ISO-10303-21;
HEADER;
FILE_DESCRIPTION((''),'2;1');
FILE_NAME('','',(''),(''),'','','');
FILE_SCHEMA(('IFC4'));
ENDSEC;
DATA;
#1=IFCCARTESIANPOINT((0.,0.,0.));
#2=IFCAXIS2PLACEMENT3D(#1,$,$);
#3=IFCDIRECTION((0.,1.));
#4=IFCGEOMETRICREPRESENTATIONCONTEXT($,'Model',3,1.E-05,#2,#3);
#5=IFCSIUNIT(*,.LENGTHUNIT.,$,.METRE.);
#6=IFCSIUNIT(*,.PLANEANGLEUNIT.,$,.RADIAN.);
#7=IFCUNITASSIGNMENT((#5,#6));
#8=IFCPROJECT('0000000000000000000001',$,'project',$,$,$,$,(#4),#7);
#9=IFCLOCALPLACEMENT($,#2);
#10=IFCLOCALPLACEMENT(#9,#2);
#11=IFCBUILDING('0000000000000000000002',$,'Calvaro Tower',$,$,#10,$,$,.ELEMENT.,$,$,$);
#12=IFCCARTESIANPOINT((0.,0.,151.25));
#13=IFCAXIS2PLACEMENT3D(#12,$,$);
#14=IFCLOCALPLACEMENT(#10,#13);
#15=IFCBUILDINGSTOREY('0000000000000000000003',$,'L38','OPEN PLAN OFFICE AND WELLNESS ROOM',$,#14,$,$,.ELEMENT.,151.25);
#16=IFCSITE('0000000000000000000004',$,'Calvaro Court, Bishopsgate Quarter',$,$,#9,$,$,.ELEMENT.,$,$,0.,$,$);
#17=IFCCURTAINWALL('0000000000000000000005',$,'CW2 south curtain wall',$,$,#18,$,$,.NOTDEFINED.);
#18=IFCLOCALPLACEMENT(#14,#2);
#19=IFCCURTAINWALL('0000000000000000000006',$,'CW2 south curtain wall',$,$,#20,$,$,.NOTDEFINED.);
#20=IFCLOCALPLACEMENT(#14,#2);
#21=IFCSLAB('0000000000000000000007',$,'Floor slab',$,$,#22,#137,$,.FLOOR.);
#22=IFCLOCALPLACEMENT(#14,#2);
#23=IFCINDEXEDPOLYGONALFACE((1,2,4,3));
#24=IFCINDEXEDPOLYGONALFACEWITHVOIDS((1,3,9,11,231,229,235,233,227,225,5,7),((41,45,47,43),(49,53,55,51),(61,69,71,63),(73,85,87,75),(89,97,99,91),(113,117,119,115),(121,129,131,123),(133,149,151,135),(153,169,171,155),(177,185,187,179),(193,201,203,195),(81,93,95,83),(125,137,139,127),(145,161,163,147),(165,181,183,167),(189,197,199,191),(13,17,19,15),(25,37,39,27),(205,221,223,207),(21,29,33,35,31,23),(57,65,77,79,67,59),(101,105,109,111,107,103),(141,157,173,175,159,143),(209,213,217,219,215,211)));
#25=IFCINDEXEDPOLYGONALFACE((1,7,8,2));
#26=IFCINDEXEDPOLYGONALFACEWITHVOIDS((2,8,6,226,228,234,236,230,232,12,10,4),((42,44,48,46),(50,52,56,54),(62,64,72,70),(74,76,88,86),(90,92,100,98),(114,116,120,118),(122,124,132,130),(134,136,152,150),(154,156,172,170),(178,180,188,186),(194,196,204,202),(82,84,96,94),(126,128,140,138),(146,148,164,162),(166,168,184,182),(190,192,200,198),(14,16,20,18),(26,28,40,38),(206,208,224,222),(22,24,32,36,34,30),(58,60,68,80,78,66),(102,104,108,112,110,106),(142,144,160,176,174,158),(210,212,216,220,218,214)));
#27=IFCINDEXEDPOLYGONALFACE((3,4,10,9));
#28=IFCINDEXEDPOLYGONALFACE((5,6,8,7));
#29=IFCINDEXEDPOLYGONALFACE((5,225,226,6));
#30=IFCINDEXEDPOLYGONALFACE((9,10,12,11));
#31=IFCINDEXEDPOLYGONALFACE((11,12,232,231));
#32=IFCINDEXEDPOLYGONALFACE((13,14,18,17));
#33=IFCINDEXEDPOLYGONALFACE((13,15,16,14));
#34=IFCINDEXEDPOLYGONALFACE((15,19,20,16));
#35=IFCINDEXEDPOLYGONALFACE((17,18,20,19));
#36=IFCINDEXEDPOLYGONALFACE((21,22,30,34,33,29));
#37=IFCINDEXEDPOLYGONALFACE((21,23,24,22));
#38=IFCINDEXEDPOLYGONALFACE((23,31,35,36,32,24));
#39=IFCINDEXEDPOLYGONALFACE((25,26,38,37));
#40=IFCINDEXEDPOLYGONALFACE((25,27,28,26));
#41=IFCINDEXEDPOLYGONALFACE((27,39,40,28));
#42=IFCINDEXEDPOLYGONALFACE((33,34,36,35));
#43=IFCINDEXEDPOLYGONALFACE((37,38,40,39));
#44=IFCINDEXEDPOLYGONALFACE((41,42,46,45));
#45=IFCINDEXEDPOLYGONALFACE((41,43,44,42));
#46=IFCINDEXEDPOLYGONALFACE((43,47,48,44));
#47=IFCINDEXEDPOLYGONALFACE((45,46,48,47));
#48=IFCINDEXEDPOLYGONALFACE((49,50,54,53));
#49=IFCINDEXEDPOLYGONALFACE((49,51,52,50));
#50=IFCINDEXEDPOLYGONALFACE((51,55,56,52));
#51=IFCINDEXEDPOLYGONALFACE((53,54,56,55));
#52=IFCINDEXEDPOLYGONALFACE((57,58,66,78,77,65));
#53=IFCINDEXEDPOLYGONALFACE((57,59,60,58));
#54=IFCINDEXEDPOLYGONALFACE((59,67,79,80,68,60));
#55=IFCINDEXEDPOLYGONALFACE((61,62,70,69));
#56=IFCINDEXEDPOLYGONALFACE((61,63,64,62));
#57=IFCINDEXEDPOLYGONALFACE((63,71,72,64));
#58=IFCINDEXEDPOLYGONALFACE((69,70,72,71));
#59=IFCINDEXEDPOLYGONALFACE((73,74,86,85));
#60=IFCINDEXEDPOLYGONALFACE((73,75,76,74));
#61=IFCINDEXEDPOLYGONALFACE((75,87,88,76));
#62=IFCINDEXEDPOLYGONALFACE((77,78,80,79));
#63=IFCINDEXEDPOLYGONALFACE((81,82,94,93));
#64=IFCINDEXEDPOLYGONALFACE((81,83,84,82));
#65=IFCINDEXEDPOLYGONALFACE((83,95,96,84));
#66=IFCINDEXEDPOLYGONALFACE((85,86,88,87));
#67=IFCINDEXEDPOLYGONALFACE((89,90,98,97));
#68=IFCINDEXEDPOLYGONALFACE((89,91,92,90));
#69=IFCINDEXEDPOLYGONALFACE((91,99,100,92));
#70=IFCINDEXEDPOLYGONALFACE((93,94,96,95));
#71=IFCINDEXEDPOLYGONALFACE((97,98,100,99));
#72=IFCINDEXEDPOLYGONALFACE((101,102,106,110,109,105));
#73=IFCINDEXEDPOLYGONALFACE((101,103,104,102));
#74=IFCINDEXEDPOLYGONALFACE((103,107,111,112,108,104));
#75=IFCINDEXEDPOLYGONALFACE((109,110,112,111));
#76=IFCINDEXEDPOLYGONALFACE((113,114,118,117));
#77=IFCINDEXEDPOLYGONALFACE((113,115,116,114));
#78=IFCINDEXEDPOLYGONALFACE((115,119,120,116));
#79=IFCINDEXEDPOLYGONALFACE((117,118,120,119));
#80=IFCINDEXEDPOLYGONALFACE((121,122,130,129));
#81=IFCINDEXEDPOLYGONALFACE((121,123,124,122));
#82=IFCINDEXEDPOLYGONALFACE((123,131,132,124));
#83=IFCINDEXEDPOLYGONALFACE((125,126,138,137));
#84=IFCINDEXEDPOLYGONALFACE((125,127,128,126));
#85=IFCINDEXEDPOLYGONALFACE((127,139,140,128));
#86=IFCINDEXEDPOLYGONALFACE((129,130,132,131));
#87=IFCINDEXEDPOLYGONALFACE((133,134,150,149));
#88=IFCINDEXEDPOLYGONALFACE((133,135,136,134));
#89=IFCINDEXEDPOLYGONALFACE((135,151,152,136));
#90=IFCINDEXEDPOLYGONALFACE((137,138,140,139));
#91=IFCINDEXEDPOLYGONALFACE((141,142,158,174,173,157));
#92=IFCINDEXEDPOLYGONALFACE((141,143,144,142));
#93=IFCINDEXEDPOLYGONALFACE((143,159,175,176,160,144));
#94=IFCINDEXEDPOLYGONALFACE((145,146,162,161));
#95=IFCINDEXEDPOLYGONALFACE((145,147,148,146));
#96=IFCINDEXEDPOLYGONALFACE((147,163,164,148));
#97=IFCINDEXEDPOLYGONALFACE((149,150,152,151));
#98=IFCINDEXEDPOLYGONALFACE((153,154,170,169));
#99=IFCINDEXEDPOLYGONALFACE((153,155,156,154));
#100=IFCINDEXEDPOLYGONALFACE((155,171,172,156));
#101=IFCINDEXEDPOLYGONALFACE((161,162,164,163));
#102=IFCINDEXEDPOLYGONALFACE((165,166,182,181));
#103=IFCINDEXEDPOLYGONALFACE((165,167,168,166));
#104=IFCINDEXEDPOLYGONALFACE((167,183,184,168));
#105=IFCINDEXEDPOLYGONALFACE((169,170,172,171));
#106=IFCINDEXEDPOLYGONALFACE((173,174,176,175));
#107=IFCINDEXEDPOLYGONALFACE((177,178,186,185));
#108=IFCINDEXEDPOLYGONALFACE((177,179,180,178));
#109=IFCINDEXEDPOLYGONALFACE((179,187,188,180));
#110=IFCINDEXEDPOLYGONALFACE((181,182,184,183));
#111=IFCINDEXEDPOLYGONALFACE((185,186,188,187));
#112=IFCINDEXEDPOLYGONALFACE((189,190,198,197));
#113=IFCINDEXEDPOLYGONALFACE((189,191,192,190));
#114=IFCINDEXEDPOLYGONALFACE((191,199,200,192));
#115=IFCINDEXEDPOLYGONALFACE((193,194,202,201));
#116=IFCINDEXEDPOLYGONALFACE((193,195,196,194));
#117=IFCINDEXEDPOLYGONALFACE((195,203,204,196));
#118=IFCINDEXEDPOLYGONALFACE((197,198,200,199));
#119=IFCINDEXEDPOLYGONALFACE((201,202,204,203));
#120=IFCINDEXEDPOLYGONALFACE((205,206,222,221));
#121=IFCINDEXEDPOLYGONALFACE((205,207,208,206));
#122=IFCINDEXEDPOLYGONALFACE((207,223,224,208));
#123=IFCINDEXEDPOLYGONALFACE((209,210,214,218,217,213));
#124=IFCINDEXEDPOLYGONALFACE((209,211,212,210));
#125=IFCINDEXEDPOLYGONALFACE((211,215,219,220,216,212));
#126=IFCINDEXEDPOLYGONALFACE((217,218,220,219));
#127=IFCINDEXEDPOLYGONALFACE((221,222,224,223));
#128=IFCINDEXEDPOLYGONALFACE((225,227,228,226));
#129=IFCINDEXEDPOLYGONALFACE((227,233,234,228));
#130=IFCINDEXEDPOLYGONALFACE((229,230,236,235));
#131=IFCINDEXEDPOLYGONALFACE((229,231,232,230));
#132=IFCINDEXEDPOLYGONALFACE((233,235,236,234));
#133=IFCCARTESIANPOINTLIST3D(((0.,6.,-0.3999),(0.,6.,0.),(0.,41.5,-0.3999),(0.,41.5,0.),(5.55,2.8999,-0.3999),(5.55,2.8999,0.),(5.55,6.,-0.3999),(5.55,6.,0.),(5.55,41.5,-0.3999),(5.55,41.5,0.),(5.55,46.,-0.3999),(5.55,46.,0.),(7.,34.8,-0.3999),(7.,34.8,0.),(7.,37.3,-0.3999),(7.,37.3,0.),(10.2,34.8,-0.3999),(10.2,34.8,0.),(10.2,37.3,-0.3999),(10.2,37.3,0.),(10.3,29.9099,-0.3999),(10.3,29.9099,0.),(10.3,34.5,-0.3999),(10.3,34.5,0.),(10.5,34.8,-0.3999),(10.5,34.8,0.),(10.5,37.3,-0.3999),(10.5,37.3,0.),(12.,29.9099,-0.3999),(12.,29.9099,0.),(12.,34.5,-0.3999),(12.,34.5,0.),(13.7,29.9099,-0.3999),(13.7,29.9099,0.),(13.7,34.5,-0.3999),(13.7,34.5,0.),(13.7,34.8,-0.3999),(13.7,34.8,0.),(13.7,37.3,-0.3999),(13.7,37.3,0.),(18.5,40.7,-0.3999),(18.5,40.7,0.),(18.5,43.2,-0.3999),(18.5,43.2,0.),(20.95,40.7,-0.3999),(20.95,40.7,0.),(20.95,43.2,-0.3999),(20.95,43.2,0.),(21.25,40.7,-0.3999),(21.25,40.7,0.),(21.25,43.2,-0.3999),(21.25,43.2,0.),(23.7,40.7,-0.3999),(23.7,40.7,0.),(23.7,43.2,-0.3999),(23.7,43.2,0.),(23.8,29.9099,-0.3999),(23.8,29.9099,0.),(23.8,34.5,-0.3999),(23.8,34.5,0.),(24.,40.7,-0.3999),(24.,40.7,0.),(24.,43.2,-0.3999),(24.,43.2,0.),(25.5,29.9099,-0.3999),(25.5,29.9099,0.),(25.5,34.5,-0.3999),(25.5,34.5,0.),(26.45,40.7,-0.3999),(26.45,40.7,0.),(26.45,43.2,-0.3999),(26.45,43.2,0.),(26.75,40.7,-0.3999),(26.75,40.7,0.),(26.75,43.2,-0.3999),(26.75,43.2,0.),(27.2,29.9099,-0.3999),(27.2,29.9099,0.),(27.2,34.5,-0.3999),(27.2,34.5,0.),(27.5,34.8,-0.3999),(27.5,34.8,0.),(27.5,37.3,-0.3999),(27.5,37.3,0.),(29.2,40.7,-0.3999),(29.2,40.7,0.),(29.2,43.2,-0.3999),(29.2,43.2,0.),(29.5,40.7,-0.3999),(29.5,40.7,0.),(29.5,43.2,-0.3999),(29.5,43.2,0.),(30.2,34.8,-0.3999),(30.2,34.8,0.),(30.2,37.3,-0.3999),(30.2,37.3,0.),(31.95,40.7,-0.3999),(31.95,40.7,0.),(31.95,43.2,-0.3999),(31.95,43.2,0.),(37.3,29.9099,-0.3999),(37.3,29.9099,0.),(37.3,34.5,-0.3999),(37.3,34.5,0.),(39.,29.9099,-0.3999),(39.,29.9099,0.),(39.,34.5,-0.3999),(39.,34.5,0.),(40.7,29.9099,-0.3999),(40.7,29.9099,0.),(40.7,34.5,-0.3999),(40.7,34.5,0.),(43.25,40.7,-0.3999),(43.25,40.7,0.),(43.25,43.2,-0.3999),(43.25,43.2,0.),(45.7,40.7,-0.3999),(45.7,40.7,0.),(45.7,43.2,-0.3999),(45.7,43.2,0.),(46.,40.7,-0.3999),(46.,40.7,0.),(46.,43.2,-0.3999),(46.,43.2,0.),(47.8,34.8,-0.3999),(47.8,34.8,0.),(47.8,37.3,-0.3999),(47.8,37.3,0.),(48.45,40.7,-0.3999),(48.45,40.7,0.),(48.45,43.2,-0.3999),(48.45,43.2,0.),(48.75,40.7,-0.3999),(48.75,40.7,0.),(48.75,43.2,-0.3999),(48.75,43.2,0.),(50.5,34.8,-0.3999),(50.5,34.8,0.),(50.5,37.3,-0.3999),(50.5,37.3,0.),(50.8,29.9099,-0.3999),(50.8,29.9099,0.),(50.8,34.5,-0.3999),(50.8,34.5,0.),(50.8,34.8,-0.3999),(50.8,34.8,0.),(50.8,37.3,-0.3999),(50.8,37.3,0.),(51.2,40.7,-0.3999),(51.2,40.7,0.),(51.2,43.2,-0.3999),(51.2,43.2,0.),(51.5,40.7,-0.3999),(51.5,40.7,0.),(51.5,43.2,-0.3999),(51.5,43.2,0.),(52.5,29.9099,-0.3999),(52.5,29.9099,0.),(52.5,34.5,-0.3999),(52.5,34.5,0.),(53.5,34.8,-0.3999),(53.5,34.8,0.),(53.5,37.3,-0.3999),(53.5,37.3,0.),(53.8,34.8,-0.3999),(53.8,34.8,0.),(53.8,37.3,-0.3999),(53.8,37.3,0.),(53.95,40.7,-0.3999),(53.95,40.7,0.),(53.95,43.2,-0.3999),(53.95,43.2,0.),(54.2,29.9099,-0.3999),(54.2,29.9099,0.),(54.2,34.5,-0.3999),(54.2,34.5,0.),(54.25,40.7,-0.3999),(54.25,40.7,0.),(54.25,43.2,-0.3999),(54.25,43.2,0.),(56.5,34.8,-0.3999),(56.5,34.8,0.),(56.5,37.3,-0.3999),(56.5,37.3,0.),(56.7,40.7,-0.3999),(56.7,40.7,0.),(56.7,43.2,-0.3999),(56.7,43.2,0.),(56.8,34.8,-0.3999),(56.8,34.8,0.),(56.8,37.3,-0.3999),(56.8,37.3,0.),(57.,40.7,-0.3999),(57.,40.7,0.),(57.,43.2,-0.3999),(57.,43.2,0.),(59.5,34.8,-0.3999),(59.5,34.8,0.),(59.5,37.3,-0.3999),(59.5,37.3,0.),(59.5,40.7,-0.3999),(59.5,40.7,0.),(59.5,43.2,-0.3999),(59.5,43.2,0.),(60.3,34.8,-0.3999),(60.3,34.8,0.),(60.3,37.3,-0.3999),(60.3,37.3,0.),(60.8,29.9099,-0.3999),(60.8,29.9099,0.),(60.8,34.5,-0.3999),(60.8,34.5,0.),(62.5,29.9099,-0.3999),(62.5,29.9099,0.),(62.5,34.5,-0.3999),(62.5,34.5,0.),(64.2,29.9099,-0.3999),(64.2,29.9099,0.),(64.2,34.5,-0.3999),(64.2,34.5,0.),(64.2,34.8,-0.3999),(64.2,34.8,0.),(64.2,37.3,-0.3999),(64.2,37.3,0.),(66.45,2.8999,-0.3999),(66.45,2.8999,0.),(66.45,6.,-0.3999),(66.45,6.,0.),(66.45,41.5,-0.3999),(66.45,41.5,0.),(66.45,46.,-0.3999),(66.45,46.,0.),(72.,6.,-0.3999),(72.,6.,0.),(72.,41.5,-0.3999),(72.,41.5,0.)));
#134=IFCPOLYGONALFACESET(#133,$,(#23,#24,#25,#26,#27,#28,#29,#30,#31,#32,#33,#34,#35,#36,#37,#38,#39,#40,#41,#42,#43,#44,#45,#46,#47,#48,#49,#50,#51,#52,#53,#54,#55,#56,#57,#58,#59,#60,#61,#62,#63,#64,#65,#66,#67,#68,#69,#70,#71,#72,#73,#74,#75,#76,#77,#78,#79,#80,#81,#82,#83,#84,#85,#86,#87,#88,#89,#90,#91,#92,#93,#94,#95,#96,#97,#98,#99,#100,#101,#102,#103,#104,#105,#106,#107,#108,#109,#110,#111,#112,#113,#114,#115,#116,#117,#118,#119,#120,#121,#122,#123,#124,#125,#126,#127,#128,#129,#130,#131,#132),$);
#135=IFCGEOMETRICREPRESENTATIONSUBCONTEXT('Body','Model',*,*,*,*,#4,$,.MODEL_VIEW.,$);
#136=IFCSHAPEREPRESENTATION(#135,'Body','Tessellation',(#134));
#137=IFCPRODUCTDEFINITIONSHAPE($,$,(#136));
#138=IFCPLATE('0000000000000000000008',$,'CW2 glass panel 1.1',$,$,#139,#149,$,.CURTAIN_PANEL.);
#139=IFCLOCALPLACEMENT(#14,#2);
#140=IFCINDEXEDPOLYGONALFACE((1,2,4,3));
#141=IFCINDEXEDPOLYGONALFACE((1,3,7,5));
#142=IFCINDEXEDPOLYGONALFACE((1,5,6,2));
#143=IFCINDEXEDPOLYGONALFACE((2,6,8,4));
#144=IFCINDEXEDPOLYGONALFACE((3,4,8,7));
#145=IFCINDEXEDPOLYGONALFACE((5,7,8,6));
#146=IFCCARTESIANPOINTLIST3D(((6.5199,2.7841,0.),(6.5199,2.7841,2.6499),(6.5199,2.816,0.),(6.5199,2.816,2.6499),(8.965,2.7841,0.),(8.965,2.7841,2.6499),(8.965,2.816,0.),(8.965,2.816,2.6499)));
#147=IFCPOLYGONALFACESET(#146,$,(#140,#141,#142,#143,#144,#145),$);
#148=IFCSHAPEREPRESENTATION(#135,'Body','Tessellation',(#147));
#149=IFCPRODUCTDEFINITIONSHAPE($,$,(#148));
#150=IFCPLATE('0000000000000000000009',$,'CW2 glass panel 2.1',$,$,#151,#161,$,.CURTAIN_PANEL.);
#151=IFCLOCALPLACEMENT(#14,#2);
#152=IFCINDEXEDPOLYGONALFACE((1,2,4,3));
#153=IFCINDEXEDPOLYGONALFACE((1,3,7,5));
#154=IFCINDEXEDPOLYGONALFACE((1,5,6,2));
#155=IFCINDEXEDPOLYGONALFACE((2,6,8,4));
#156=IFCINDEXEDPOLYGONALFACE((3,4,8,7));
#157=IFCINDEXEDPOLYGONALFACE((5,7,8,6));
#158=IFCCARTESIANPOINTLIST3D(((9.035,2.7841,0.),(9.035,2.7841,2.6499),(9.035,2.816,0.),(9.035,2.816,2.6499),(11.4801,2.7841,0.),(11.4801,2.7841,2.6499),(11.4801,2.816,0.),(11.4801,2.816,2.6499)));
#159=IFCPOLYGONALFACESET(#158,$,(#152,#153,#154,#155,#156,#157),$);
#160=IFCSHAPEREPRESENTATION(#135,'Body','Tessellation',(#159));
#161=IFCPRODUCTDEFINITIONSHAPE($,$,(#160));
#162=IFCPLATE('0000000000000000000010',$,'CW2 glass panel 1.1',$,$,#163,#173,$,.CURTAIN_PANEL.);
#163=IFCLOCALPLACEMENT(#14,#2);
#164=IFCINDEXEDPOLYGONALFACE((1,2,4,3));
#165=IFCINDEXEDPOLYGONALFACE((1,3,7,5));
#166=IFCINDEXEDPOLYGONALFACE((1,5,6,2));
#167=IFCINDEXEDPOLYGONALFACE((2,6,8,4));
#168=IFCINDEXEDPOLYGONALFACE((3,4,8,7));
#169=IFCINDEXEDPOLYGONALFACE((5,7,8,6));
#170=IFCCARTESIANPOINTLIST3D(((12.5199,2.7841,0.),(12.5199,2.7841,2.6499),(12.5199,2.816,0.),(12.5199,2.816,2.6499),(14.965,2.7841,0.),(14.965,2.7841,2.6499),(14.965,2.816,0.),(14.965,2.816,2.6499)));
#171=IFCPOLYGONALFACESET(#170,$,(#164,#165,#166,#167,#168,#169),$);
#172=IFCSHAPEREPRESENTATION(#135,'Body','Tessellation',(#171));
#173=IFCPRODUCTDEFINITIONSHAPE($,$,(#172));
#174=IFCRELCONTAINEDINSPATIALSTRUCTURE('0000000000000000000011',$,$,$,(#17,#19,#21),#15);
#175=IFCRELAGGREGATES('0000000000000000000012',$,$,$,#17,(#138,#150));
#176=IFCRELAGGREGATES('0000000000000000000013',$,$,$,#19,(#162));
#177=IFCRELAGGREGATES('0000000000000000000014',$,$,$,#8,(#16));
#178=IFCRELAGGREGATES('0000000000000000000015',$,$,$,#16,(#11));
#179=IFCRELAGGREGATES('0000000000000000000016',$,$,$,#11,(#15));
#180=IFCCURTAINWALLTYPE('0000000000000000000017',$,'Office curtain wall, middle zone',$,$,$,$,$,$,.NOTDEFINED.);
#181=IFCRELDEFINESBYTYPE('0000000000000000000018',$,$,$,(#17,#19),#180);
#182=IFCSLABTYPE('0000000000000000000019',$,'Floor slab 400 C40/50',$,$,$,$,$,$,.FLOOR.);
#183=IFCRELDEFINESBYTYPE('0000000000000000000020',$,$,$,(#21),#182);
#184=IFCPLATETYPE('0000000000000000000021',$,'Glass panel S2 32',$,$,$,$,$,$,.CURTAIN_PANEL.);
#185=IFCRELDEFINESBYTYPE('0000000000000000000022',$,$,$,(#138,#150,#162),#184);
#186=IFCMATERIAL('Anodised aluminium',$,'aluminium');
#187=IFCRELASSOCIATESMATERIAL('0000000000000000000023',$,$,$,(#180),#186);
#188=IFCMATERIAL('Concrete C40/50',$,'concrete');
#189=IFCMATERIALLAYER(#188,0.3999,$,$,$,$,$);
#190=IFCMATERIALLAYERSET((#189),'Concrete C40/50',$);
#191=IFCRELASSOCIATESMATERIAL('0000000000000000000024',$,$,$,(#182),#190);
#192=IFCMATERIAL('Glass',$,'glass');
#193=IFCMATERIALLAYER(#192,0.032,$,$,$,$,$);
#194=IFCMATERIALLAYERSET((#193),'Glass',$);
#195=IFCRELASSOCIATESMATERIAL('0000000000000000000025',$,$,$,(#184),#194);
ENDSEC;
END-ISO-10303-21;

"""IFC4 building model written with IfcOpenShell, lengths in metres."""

from ifc_helpers import new_model, si_unit, direction, frame, origin, origin_2d, place, context, subcontext, project, spatial, polyline, rectangle, outline, extrude, material, layer, layer_set, type_object, element, aggregate, save


model = new_model("IFC4")

# Units and contexts
model_context = context("Model", 3, precision=1e-05, world=origin(), true_north=direction((0.0, 1.0)))
body_context = subcontext(model_context, "Body", "Model", "MODEL_VIEW")
ifc_project = project(units=[si_unit("LENGTHUNIT", "METRE"), si_unit("PLANEANGLEUNIT", "RADIAN")], contexts=[model_context])

# Site, building, storey
site_placement = place(None, origin())
site = spatial("IfcSite", under=ifc_project, at=site_placement, Name="Calvaro Court, Bishopsgate Quarter", CompositionType="ELEMENT", RefElevation=0.0)
building_placement = place(site_placement, origin())
building = spatial("IfcBuilding", under=site, at=building_placement, Name="Calvaro Tower", CompositionType="ELEMENT")
storey_placement = place(building_placement, frame((0.0, 0.0, 151.25)))
storey = spatial("IfcBuildingStorey", under=building, at=storey_placement, Name="L38", Description="OPEN PLAN OFFICE AND WELLNESS ROOM", CompositionType="ELEMENT", Elevation=151.25)

# Curtain walls
ifc_material_1 = material(Name="Anodised aluminium", Category="aluminium")
curtain_wall_type = type_object("IfcCurtainWallType", Name="Office curtain wall, middle zone", PredefinedType="NOTDEFINED", material=ifc_material_1)
curtain_wall_1_placement = place(storey_placement, origin())
curtain_wall_1 = element("IfcCurtainWall", 1, at=curtain_wall_1_placement, inside=storey, type_object=curtain_wall_type, Name="CW2 south curtain wall", PredefinedType="NOTDEFINED")
curtain_wall_2_placement = place(storey_placement, origin())
curtain_wall_2 = element("IfcCurtainWall", 2, at=curtain_wall_2_placement, inside=storey, type_object=curtain_wall_type, Name="CW2 south curtain wall", PredefinedType="NOTDEFINED")

# Slab
ifc_material_2 = material(Name="Concrete C40/50", Category="concrete")
ifc_layer_1 = layer(ifc_material_2, 0.3999)
ifc_layer_set_1 = layer_set([ifc_layer_1], Name="Concrete C40/50")
slab_type_1 = type_object("IfcSlabType", Name="Floor slab 400 C40/50", PredefinedType="FLOOR", material=ifc_layer_set_1)
slab_1_placement = place(storey_placement, frame((0.0, 0.0, -0.3999)))
element("IfcSlab", 3, at=slab_1_placement, inside=storey, type_object=slab_type_1, Name="Floor slab", PredefinedType="FLOOR", context=body_context, shape_type="SweptSolid", body=[
    extrude(outline(polyline([(66.45, 6.0), (66.45, 2.8999), (5.55, 2.8999), (5.55, 6.0), (0.0, 6.0), (0.0, 41.5), (5.55, 41.5), (5.55, 46.0), (66.45, 46.0), (66.45, 41.5), (72.0, 41.5), (72.0, 6.0), (66.45, 6.0)]), holes=[polyline([(10.3, 29.9099), (10.3, 34.5), (12.0, 34.5), (13.7, 34.5), (13.7, 29.9099), (12.0, 29.9099), (10.3, 29.9099)]), polyline([(23.8, 29.9099), (23.8, 34.5), (25.5, 34.5), (27.2, 34.5), (27.2, 29.9099), (25.5, 29.9099), (23.8, 29.9099)]), polyline([(37.3, 29.9099), (37.3, 34.5), (39.0, 34.5), (40.7, 34.5), (40.7, 29.9099), (39.0, 29.9099), (37.3, 29.9099)]), polyline([(50.8, 29.9099), (50.8, 34.5), (52.5, 34.5), (54.2, 34.5), (54.2, 29.9099), (52.5, 29.9099), (50.8, 29.9099)]), polyline([(60.8, 29.9099), (60.8, 34.5), (62.5, 34.5), (64.2, 34.5), (64.2, 29.9099), (62.5, 29.9099), (60.8, 29.9099)]), polyline([(50.8, 34.8), (53.5, 34.8), (53.5, 37.3), (50.8, 37.3), (50.8, 34.8)]), polyline([(53.8, 34.8), (56.5, 34.8), (56.5, 37.3), (53.8, 37.3), (53.8, 34.8)]), polyline([(56.8, 34.8), (59.5, 34.8), (59.5, 37.3), (56.8, 37.3), (56.8, 34.8)]), polyline([(18.5, 40.7), (20.95, 40.7), (20.95, 43.2), (18.5, 43.2), (18.5, 40.7)]), polyline([(21.25, 40.7), (23.7, 40.7), (23.7, 43.2), (21.25, 43.2), (21.25, 40.7)]), polyline([(24.0, 40.7), (26.45, 40.7), (26.45, 43.2), (24.0, 43.2), (24.0, 40.7)]), polyline([(26.75, 40.7), (29.2, 40.7), (29.2, 43.2), (26.75, 43.2), (26.75, 40.7)]), polyline([(29.5, 40.7), (31.95, 40.7), (31.95, 43.2), (29.5, 43.2), (29.5, 40.7)]), polyline([(43.25, 40.7), (45.7, 40.7), (45.7, 43.2), (43.25, 43.2), (43.25, 40.7)]), polyline([(46.0, 40.7), (48.45, 40.7), (48.45, 43.2), (46.0, 43.2), (46.0, 40.7)]), polyline([(48.75, 40.7), (51.2, 40.7), (51.2, 43.2), (48.75, 43.2), (48.75, 40.7)]), polyline([(51.5, 40.7), (53.95, 40.7), (53.95, 43.2), (51.5, 43.2), (51.5, 40.7)]), polyline([(54.25, 40.7), (56.7, 40.7), (56.7, 43.2), (54.25, 43.2), (54.25, 40.7)]), polyline([(57.0, 40.7), (59.5, 40.7), (59.5, 43.2), (57.0, 43.2), (57.0, 40.7)]), polyline([(7.0, 34.8), (10.2, 34.8), (10.2, 37.3), (7.0, 37.3), (7.0, 34.8)]), polyline([(10.5, 34.8), (13.7, 34.8), (13.7, 37.3), (10.5, 37.3), (10.5, 34.8)]), polyline([(60.3, 34.8), (64.2, 34.8), (64.2, 37.3), (60.3, 37.3), (60.3, 34.8)]), polyline([(27.5, 34.8), (30.2, 34.8), (30.2, 37.3), (27.5, 37.3), (27.5, 34.8)]), polyline([(47.8, 34.8), (50.5, 34.8), (50.5, 37.3), (47.8, 37.3), (47.8, 34.8)])]), origin(), (0.0, 0.0, 1.0), 0.3999),
])

# Plates
ifc_material_3 = material(Name="Glass", Category="glass")
ifc_layer_2 = layer(ifc_material_3, 0.032)
ifc_layer_set_2 = layer_set([ifc_layer_2], Name="Glass")
plate_type = type_object("IfcPlateType", Name="Glass panel S2 32", PredefinedType="CURTAIN_PANEL", material=ifc_layer_set_2)
plate_1_placement = place(storey_placement, frame((7.7424, 2.8, 0.0), z_axis=(0.0, 0.0, 1.0), x_axis=(1.0, 0.0, 0.0)))
plate_1 = element("IfcPlate", 4, at=plate_1_placement, type_object=plate_type, Name="CW2 glass panel 1.1", PredefinedType="CURTAIN_PANEL", context=body_context, shape_type="SweptSolid", body=[
    extrude(rectangle(XDim=2.4451, YDim=0.032, at=origin_2d()), origin(), (0.0, 0.0, 1.0), 2.6499),
])
plate_2_placement = place(storey_placement, frame((10.2576, 2.8, 0.0), z_axis=(0.0, 0.0, 1.0), x_axis=(1.0, 0.0, 0.0)))
plate_2 = element("IfcPlate", 5, at=plate_2_placement, type_object=plate_type, Name="CW2 glass panel 2.1", PredefinedType="CURTAIN_PANEL", context=body_context, shape_type="SweptSolid", body=[
    extrude(rectangle(XDim=2.4451, YDim=0.032, at=origin_2d()), origin(), (0.0, 0.0, 1.0), 2.6499),
])
aggregate(curtain_wall_1, [plate_1, plate_2])
plate_3_placement = place(storey_placement, frame((13.7424, 2.8, 0.0), z_axis=(0.0, 0.0, 1.0), x_axis=(1.0, 0.0, 0.0)))
plate_3 = element("IfcPlate", 6, at=plate_3_placement, type_object=plate_type, Name="CW2 glass panel 1.1", PredefinedType="CURTAIN_PANEL", context=body_context, shape_type="SweptSolid", body=[
    extrude(rectangle(XDim=2.4451, YDim=0.032, at=origin_2d()), origin(), (0.0, 0.0, 1.0), 2.6499),
])
aggregate(curtain_wall_2, [plate_3])

save(model, "model.ifc")
